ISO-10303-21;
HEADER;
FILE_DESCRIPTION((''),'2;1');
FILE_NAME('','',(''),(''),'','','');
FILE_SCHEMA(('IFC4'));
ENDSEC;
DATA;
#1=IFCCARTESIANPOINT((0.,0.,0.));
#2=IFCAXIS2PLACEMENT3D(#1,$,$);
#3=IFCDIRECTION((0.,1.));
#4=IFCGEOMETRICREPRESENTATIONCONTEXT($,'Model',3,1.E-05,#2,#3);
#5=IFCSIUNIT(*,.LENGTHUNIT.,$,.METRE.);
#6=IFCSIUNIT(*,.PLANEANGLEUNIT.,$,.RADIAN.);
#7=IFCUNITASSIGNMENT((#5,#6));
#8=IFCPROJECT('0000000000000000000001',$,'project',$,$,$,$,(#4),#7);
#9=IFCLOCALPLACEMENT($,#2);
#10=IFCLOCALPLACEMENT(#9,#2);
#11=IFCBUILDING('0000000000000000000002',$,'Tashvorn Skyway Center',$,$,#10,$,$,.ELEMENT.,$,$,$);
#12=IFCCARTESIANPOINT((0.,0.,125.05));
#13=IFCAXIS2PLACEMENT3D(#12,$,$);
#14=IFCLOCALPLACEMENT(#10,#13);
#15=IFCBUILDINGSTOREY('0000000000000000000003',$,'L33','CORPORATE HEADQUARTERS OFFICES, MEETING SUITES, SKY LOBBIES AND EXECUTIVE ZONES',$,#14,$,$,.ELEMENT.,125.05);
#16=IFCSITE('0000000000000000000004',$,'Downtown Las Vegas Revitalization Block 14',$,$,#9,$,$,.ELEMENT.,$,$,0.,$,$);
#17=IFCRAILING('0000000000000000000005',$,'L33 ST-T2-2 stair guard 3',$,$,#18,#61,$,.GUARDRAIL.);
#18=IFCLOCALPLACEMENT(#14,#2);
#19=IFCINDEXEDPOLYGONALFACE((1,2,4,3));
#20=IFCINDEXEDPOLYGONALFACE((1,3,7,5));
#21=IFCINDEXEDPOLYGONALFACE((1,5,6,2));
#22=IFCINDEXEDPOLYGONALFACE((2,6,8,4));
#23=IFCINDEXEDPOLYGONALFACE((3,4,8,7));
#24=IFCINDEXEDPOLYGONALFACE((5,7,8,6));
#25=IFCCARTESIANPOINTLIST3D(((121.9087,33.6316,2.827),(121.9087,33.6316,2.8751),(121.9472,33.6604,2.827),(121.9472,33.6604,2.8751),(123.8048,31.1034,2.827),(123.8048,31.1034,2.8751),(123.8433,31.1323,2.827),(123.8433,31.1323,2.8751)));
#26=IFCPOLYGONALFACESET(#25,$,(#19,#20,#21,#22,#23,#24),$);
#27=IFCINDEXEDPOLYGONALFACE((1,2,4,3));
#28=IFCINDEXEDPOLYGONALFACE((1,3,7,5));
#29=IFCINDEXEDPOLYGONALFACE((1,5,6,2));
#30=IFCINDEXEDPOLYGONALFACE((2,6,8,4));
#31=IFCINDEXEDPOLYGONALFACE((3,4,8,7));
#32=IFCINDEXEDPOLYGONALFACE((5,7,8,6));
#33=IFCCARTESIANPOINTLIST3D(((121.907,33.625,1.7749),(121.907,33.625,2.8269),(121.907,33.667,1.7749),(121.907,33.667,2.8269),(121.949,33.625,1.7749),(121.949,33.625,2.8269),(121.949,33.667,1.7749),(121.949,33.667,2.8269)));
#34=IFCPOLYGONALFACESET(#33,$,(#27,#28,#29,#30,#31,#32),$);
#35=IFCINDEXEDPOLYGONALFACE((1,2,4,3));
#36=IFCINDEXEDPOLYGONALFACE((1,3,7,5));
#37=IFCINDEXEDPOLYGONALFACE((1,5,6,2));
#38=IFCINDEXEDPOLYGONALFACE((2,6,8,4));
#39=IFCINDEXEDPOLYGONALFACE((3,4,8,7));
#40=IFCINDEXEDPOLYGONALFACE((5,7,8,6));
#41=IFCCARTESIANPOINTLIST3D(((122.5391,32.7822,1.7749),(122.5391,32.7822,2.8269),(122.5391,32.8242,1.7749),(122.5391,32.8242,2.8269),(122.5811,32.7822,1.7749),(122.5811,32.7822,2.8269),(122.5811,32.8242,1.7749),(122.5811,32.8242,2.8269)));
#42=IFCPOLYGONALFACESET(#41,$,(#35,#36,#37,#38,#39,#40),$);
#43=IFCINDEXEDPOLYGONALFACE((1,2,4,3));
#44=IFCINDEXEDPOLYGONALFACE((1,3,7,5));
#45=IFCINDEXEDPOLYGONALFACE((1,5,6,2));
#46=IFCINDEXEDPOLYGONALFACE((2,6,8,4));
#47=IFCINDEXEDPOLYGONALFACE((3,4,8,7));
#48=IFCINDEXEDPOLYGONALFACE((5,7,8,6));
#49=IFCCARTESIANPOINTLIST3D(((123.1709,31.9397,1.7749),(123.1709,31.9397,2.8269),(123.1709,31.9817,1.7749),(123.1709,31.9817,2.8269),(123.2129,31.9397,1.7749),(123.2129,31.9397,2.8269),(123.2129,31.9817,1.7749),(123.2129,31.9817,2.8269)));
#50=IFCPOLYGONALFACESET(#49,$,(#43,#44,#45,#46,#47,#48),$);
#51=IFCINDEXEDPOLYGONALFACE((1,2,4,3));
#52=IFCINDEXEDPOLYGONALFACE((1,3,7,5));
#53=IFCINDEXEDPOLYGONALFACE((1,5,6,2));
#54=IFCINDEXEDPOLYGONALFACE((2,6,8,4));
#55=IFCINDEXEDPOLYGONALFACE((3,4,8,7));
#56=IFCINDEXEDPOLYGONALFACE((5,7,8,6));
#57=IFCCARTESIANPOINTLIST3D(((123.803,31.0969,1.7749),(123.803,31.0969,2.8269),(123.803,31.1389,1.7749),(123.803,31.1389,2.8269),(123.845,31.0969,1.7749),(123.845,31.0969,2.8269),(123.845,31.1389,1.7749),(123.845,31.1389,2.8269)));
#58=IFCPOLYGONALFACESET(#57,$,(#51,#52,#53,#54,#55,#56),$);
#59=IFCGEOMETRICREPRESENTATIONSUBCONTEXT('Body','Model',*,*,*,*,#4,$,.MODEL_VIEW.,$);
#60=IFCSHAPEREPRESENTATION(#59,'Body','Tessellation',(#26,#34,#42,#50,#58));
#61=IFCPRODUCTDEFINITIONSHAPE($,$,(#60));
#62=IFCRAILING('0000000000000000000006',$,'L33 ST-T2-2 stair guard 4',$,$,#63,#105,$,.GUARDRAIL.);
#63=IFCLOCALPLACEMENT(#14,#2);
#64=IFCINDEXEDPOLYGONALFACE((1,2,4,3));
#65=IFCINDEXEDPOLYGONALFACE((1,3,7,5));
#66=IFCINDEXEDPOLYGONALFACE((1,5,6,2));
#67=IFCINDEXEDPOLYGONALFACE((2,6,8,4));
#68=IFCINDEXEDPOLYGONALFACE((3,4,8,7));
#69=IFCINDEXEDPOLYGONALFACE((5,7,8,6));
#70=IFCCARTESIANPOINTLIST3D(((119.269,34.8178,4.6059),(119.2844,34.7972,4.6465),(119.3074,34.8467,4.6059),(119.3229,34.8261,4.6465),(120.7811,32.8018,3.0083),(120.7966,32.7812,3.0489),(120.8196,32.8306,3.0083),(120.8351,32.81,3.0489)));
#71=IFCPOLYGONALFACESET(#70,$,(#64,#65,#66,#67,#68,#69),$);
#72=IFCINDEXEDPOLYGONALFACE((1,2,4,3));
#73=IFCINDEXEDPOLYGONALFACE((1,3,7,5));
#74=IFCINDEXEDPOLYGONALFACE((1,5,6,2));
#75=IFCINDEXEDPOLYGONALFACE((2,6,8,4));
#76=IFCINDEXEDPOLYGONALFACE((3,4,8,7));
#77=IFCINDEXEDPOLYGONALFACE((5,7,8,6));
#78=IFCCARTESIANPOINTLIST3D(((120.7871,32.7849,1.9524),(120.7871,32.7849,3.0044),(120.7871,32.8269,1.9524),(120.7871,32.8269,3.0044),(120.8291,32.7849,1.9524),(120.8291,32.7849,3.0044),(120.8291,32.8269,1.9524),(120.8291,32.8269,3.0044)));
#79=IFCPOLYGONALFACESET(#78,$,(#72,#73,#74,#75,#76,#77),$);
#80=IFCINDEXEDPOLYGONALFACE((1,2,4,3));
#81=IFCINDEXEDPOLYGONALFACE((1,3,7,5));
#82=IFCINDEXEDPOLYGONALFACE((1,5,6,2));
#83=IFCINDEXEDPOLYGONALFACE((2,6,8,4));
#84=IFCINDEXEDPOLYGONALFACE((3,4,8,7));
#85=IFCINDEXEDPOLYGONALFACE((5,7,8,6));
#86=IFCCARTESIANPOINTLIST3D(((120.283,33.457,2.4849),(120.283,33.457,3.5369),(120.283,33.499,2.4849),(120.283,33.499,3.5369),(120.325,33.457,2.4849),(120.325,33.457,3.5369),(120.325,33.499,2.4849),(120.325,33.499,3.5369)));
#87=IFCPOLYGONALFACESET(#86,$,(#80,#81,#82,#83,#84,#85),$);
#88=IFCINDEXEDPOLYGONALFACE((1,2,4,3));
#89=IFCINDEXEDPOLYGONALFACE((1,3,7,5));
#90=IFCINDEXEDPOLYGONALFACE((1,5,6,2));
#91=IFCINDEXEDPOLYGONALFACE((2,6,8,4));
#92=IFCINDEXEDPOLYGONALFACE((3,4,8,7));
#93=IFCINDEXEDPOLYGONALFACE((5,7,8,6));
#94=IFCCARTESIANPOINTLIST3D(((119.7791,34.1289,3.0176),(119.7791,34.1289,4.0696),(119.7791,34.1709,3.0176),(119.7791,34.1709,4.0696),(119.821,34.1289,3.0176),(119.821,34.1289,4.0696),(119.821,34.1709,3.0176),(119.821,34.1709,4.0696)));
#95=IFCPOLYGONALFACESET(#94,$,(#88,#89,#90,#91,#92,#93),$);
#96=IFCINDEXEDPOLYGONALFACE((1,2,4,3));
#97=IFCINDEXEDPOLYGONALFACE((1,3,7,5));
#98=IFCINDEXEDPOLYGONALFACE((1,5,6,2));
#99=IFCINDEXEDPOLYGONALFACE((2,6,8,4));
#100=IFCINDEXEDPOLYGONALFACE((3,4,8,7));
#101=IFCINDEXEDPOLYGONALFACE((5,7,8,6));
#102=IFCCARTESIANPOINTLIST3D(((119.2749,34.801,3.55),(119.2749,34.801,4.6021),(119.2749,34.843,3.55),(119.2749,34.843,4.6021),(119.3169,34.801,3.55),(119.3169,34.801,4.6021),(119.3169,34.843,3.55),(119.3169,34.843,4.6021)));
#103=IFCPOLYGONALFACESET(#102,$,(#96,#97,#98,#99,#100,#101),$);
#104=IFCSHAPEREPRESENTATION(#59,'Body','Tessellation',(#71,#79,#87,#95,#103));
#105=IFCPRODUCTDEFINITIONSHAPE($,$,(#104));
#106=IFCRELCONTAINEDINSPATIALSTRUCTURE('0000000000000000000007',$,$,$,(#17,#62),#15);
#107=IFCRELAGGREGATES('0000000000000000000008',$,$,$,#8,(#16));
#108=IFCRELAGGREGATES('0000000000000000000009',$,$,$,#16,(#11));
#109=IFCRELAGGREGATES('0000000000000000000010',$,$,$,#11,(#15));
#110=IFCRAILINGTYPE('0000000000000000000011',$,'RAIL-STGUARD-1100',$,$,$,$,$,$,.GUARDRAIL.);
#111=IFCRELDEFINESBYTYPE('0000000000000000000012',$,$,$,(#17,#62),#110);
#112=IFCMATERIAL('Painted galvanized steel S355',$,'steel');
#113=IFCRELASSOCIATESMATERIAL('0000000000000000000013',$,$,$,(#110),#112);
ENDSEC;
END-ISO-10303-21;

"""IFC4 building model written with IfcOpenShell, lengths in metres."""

from ifc_helpers import new_model, si_unit, direction, frame, origin, origin_2d, place, context, subcontext, project, spatial, rectangle, extrude, material, type_object, element, save


model = new_model("IFC4")

# Units and contexts
model_context = context("Model", 3, precision=1e-05, world=origin(), true_north=direction((0.0, 1.0)))
body_context = subcontext(model_context, "Body", "Model", "MODEL_VIEW")
ifc_project = project(units=[si_unit("LENGTHUNIT", "METRE"), si_unit("PLANEANGLEUNIT", "RADIAN")], contexts=[model_context])

# Site, building, storey
site_placement = place(None, origin())
site = spatial("IfcSite", under=ifc_project, at=site_placement, Name="Downtown Las Vegas Revitalization Block 14", CompositionType="ELEMENT", RefElevation=0.0)
building_placement = place(site_placement, origin())
building = spatial("IfcBuilding", under=site, at=building_placement, Name="Tashvorn Skyway Center", CompositionType="ELEMENT")
storey_placement = place(building_placement, frame((0.0, 0.0, 125.05)))
storey = spatial("IfcBuildingStorey", under=building, at=storey_placement, Name="L33", Description="CORPORATE HEADQUARTERS OFFICES, MEETING SUITES, SKY LOBBIES AND EXECUTIVE ZONES", CompositionType="ELEMENT", Elevation=125.05)

# Railings
ifc_material_1 = material(Name="Painted galvanized steel S355", Category="steel")
railing_type_1 = type_object("IfcRailingType", Name="RAIL-STGUARD-1100", PredefinedType="GUARDRAIL", material=ifc_material_1)
railing_1_placement = place(storey_placement, frame((121.928, 33.646, 1.7749)))
element("IfcRailing", 1, at=railing_1_placement, inside=storey, type_object=railing_type_1, Name="L33 ST-T2-2 stair guard 3", PredefinedType="GUARDRAIL", context=body_context, shape_type="SweptSolid", body=[
    extrude(rectangle(XDim=0.0481, YDim=0.0481, at=origin_2d()), frame((0.0, 0.0, 1.0762), z_axis=(0.599988, -0.800009, 0.0), x_axis=(0.800009, 0.599988, 0.0)), (0.0, 0.0, 1.0), 3.1602),
    extrude(rectangle(XDim=0.042, YDim=0.042, at=origin_2d()), origin(), (0.0, 0.0, 1.0), 1.052),
    extrude(rectangle(XDim=0.042, YDim=0.042, at=origin_2d()), frame((0.6321, -0.8428, 0.0)), (0.0, 0.0, 1.0), 1.052),
    extrude(rectangle(XDim=0.042, YDim=0.042, at=origin_2d()), frame((1.2639, -1.6853, 0.0)), (0.0, 0.0, 1.0), 1.052),
    extrude(rectangle(XDim=0.042, YDim=0.042, at=origin_2d()), frame((1.896, -2.5281, 0.0)), (0.0, 0.0, 1.0), 1.052),
])
railing_2_placement = place(storey_placement, frame((120.8081, 32.8059, 1.9524)))
element("IfcRailing", 2, at=railing_2_placement, inside=storey, type_object=railing_type_1, Name="L33 ST-T2-2 stair guard 4", PredefinedType="GUARDRAIL", context=body_context, shape_type="SweptSolid", body=[
    extrude(rectangle(XDim=0.0481, YDim=0.0481, at=origin_2d()), frame((0.0, 0.0, 1.0762), z_axis=(-0.506779, 0.675651, 0.535416), x_axis=(-0.799977, -0.600031, 0.0)), (0.0, 0.0, 1.0), 2.9839),
    extrude(rectangle(XDim=0.042, YDim=0.042, at=origin_2d()), origin(), (0.0, 0.0, 1.0), 1.052),
    extrude(rectangle(XDim=0.042, YDim=0.042, at=origin_2d()), frame((-0.5042, 0.6721, 0.5325)), (0.0, 0.0, 1.0), 1.052),
    extrude(rectangle(XDim=0.042, YDim=0.042, at=origin_2d()), frame((-1.0081, 1.344, 1.0652)), (0.0, 0.0, 1.0), 1.052),
    extrude(rectangle(XDim=0.042, YDim=0.042, at=origin_2d()), frame((-1.5122, 2.0161, 1.5977)), (0.0, 0.0, 1.0), 1.052),
])

save(model, "model.ifc")
